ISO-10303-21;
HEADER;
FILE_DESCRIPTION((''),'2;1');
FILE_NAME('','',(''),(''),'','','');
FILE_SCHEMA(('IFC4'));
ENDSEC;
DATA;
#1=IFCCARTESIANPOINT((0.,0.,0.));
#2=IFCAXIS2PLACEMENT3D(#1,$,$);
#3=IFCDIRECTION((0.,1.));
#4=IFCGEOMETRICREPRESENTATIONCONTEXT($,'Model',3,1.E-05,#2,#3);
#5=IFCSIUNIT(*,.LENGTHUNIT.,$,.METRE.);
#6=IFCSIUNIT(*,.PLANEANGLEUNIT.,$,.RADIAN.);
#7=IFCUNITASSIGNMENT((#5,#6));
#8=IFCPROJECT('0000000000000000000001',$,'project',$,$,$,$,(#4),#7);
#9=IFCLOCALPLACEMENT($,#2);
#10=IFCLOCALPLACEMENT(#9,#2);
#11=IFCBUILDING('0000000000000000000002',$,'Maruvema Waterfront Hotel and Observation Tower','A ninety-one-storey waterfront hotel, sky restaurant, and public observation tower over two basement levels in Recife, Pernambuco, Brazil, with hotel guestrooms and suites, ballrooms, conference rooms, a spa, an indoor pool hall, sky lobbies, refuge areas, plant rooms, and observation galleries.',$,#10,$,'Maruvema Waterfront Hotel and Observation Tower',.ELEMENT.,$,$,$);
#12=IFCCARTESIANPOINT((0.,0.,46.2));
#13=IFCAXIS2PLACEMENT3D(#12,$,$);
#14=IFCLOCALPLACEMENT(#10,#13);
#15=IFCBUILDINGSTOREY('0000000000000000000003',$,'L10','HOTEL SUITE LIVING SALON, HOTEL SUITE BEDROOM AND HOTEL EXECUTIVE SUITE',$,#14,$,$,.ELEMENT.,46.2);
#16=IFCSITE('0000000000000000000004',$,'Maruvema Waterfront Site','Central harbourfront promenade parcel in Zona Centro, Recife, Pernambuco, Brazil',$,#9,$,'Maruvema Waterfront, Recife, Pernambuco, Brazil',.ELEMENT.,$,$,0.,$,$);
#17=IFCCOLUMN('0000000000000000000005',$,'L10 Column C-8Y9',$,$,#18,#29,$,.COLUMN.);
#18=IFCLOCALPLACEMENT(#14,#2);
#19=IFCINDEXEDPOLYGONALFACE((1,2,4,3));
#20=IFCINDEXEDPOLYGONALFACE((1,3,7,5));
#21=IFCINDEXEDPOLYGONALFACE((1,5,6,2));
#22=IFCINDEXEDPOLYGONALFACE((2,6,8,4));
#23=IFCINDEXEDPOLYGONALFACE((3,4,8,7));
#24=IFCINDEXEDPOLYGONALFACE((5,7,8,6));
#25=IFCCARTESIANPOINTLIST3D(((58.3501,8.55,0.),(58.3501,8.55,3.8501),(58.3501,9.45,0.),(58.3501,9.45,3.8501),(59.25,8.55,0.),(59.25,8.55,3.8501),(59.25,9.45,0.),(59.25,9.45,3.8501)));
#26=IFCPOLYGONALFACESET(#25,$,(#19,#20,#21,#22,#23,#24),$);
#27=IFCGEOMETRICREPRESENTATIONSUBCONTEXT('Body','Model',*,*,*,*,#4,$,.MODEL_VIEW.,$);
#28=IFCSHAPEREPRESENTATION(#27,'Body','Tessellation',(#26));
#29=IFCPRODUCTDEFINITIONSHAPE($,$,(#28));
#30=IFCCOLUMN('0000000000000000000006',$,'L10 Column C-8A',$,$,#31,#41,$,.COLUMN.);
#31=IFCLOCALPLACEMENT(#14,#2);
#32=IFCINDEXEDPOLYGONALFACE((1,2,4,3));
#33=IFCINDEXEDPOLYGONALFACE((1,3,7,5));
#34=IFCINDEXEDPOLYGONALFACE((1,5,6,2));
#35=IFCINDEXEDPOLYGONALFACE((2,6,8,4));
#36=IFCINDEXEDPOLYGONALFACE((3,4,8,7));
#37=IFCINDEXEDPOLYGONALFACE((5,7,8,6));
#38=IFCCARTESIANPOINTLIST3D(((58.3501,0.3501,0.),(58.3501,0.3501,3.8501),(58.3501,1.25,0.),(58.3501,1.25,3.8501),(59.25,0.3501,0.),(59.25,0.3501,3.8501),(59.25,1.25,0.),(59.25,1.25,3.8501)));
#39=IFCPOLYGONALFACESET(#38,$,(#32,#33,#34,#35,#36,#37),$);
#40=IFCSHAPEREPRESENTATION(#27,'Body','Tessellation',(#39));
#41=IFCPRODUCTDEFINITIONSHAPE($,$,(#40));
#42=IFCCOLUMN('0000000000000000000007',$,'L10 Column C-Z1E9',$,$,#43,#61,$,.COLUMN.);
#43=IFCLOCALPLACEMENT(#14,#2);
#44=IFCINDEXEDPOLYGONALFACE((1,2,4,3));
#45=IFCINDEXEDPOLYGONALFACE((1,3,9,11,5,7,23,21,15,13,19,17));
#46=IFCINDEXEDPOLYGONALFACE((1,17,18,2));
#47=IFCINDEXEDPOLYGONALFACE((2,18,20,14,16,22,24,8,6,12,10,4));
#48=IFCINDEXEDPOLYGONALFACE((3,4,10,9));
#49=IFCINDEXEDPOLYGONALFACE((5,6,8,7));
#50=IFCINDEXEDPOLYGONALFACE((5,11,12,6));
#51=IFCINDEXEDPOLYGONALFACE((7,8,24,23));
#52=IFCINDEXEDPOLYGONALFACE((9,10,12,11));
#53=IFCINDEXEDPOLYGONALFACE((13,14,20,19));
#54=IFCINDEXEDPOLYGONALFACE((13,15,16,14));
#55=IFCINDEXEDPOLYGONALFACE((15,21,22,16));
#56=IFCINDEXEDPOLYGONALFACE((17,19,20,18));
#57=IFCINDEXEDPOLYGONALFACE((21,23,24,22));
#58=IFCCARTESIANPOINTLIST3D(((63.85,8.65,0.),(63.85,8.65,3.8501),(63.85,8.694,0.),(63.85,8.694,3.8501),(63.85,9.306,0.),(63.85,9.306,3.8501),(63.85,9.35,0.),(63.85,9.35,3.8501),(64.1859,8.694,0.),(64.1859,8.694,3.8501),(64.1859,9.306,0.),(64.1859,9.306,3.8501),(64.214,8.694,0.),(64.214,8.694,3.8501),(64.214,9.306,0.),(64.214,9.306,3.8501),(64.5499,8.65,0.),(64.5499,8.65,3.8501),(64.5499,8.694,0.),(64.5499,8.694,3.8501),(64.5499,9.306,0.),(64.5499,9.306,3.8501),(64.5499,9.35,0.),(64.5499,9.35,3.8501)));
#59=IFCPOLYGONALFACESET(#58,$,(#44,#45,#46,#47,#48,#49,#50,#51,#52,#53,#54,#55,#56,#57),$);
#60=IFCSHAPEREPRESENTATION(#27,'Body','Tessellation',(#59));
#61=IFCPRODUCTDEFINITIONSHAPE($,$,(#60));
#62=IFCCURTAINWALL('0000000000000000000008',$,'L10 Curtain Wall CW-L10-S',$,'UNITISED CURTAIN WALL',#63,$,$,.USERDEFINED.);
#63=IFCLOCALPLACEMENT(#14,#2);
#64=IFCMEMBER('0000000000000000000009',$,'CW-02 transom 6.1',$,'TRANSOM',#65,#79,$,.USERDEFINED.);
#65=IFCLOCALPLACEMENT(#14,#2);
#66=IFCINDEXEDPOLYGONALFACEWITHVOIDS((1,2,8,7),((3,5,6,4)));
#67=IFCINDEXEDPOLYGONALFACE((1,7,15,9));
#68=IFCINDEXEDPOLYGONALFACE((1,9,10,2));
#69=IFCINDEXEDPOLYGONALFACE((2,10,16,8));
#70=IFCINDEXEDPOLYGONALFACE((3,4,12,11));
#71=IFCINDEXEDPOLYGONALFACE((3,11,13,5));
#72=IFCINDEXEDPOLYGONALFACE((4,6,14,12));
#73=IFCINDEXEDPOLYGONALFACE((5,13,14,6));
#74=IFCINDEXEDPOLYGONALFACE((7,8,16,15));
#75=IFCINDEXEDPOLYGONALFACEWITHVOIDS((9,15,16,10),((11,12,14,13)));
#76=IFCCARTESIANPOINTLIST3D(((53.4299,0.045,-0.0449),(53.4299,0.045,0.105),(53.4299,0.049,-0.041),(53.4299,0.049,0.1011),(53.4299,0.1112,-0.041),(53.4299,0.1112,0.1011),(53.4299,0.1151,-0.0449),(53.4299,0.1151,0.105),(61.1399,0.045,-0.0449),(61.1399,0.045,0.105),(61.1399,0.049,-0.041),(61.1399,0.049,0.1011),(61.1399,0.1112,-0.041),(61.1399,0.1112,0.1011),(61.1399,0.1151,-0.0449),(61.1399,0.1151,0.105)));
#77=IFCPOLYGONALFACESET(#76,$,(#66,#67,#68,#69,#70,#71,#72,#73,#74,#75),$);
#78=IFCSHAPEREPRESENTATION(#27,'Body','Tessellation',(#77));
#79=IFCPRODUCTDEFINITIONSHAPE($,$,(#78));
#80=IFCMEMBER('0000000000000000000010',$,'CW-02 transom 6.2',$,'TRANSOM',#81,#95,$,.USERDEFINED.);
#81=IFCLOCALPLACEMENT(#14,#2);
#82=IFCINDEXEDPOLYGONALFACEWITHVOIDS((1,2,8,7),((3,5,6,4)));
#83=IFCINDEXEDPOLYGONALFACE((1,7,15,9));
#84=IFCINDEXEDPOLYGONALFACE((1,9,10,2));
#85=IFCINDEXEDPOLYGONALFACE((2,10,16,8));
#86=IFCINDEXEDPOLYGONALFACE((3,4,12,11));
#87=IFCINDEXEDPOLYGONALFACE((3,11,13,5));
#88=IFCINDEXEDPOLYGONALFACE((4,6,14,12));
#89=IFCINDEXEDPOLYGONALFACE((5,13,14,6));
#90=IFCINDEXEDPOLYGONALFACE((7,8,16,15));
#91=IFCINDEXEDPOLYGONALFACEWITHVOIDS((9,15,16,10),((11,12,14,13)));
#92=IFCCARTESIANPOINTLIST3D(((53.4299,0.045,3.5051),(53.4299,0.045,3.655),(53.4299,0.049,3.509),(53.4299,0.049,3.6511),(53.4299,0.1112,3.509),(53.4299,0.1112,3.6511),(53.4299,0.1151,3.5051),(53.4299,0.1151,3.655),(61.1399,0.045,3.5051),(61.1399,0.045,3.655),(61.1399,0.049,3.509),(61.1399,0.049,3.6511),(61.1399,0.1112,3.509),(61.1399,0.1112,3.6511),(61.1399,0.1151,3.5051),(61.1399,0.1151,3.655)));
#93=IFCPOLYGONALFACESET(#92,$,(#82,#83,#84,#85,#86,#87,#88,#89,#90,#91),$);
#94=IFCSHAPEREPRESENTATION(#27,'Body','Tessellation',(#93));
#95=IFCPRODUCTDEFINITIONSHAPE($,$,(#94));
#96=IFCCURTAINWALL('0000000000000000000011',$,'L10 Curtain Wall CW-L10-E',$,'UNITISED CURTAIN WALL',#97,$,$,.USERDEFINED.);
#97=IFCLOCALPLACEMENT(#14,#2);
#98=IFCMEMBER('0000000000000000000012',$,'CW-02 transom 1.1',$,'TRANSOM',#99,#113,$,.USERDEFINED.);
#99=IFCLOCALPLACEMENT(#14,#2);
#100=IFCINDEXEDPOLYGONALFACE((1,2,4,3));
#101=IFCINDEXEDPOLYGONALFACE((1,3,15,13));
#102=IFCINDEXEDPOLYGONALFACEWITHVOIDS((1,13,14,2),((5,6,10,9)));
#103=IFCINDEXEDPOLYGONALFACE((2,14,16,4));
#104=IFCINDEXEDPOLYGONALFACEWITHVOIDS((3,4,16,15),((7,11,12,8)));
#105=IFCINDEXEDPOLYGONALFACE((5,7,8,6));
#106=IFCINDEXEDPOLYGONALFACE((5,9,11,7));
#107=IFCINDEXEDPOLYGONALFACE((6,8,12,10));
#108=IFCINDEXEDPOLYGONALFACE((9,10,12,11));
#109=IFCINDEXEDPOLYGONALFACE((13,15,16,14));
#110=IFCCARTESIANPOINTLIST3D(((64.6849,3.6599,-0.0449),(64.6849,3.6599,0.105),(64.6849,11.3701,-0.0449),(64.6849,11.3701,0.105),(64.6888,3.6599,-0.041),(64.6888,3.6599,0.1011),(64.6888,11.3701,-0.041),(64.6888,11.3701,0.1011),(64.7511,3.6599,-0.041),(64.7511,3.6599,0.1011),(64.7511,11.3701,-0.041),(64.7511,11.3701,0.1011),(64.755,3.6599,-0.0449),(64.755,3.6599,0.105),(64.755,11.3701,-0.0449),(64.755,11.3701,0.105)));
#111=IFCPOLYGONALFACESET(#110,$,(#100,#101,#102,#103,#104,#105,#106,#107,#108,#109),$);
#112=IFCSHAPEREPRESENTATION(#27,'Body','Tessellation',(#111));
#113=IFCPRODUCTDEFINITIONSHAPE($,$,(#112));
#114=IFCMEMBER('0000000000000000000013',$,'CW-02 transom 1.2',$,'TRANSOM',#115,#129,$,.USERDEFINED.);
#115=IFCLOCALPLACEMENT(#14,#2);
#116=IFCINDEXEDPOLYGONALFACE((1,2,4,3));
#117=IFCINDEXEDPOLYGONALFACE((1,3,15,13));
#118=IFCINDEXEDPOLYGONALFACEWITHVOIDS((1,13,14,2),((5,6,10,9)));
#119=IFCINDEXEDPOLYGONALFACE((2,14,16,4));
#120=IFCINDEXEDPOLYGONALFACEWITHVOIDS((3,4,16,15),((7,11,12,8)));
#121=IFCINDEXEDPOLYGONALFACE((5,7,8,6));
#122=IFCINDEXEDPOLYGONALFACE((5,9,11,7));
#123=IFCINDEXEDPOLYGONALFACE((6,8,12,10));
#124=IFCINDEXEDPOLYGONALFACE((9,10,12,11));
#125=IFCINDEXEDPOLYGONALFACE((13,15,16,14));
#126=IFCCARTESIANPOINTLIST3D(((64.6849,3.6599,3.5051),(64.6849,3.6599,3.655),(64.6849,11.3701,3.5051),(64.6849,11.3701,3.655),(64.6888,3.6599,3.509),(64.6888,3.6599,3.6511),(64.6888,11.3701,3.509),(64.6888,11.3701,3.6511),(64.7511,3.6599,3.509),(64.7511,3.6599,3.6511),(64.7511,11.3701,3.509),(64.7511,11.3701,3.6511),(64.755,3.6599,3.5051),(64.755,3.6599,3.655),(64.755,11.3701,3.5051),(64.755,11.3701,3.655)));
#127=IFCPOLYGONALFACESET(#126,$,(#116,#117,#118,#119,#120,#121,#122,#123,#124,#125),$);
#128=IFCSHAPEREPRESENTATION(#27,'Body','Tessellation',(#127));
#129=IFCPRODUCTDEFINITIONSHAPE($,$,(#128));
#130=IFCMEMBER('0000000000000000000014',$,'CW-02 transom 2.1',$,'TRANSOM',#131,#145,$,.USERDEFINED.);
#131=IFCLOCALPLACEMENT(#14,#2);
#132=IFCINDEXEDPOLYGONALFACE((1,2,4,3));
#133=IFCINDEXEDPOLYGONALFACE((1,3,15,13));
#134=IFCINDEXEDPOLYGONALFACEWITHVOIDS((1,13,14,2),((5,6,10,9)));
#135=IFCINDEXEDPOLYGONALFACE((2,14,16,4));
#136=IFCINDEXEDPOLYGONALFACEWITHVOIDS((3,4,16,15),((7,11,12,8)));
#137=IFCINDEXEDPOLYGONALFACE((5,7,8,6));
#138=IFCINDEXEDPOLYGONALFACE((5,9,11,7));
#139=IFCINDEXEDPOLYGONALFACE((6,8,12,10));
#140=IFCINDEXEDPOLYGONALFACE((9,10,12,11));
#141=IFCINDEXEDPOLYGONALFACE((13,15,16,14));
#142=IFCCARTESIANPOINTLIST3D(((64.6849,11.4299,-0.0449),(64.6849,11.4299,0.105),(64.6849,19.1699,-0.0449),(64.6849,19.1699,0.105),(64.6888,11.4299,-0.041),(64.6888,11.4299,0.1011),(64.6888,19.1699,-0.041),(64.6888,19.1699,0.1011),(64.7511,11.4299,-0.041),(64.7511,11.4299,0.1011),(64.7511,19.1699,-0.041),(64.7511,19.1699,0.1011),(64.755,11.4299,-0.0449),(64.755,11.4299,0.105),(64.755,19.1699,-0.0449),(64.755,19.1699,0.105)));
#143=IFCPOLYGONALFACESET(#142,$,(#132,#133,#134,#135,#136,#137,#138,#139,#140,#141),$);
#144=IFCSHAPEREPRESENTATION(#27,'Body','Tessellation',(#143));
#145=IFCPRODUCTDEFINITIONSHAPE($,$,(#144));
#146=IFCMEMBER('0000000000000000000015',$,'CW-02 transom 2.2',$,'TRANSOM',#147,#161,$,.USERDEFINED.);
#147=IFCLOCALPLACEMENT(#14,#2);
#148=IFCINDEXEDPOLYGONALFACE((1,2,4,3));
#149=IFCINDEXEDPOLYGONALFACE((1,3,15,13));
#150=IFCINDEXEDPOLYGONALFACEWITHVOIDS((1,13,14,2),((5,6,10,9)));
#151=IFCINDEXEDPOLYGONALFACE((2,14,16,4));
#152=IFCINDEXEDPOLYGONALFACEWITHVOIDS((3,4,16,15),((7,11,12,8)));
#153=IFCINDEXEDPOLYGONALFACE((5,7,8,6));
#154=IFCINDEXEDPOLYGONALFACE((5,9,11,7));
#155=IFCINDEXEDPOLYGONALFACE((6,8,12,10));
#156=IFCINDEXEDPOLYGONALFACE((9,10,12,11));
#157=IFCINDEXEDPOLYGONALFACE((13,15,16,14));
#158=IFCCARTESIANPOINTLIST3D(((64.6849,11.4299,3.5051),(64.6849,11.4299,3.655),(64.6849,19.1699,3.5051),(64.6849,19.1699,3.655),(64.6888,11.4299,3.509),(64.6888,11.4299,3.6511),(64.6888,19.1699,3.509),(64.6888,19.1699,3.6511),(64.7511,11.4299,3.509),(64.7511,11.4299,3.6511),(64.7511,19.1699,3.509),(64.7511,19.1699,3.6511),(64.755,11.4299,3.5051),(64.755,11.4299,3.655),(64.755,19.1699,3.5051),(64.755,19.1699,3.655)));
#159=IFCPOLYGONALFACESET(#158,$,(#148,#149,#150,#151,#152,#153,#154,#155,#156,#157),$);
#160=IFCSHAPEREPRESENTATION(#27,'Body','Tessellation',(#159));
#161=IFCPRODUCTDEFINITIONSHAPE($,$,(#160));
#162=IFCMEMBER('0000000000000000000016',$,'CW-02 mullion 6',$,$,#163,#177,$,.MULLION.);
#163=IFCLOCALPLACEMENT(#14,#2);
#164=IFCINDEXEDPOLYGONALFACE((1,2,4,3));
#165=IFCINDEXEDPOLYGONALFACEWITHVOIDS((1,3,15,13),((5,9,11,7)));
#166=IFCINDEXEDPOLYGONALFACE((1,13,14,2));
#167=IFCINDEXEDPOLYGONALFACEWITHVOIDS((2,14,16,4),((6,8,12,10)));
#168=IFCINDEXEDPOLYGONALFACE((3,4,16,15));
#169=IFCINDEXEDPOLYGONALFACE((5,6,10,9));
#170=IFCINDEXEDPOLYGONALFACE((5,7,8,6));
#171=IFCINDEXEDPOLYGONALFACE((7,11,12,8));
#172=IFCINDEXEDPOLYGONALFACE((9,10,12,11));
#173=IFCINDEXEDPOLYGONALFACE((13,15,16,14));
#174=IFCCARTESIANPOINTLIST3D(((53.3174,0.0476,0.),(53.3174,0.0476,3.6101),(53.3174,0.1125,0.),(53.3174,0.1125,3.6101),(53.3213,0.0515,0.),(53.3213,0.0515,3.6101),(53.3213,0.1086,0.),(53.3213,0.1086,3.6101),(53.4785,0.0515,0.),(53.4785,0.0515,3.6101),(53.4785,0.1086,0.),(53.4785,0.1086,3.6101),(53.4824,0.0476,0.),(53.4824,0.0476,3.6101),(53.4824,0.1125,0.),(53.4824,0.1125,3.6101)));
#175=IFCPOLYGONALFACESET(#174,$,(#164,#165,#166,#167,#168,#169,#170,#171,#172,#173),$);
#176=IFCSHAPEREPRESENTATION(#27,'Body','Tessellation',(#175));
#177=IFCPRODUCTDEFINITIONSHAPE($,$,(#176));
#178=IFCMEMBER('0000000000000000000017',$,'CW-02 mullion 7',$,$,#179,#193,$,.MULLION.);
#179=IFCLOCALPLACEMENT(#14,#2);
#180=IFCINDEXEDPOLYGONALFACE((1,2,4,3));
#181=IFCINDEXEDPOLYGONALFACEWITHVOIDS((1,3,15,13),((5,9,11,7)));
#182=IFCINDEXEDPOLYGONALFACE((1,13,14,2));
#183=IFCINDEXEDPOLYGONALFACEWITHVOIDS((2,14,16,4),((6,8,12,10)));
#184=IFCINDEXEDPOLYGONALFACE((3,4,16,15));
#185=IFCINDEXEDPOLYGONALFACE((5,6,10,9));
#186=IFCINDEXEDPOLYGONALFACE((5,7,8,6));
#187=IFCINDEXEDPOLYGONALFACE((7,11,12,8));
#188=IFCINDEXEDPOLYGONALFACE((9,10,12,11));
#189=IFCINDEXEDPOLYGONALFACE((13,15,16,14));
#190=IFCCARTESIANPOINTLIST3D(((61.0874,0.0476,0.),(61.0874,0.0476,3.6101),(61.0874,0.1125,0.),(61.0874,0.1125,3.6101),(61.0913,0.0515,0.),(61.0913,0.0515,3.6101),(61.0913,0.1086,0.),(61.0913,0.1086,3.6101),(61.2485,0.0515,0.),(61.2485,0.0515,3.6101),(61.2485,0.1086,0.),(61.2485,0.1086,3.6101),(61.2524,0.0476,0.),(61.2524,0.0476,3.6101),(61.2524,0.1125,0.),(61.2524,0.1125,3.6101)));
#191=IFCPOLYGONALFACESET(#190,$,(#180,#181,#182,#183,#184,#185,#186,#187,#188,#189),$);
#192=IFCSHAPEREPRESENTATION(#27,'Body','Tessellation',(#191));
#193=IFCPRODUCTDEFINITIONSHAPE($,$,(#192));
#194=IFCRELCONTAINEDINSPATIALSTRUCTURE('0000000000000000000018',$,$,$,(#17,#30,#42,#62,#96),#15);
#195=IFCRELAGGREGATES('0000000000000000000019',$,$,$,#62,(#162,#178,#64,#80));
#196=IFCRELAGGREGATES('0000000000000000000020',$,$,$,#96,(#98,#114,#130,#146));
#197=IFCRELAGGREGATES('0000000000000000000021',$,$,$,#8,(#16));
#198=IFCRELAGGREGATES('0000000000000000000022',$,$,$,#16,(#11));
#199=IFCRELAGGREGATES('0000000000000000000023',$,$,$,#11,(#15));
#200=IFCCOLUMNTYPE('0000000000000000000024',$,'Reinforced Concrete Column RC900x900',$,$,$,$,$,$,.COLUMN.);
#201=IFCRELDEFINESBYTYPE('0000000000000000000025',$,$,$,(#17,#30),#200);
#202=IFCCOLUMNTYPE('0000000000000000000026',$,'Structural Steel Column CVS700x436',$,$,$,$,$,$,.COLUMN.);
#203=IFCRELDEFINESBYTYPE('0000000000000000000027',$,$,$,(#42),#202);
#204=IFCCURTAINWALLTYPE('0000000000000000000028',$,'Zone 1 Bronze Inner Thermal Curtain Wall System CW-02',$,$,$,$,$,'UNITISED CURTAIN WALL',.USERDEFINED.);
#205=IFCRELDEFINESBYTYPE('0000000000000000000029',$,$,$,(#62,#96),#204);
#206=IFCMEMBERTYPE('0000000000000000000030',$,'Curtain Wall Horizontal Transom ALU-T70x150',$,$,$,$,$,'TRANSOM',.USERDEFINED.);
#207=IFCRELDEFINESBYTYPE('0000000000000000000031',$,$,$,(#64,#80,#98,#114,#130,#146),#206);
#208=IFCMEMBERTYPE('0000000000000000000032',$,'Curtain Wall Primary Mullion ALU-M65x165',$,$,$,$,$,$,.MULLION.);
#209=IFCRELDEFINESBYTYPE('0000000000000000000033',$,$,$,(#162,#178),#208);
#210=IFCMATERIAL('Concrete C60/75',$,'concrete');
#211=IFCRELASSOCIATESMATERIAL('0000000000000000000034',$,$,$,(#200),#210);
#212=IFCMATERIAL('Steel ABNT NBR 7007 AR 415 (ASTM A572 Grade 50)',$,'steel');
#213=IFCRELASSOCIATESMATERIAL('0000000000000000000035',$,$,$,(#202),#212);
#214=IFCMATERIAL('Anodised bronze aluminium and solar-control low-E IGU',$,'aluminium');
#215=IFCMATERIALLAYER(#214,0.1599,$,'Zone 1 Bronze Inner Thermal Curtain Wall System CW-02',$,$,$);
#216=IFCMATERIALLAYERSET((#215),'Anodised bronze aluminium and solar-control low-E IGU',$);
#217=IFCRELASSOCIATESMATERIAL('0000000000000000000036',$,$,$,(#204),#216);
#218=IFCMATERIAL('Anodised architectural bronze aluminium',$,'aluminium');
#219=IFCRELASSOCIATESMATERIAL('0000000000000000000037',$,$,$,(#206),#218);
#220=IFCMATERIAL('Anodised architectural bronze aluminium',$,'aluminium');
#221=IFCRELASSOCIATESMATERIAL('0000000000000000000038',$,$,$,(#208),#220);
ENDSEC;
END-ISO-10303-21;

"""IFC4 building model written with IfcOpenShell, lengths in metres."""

from ifc_helpers import new_model, si_unit, direction, frame, origin, origin_2d, place, context, subcontext, project, spatial, rectangle, hollow_rectangle, i_section, extrude, material, layer, layer_set, material_profile, profile_set, type_object, element, aggregate, save


model = new_model("IFC4")

# Units and contexts
model_context = context("Model", 3, precision=1e-05, world=origin(), true_north=direction((0.0, 1.0)))
body_context = subcontext(model_context, "Body", "Model", "MODEL_VIEW")
ifc_project = project(units=[si_unit("LENGTHUNIT", "METRE"), si_unit("PLANEANGLEUNIT", "RADIAN")], contexts=[model_context])

# Site, building, storey
site_placement = place(None, origin())
site = spatial("IfcSite", under=ifc_project, at=site_placement, Name="Maruvema Waterfront Site", Description="Central harbourfront promenade parcel in Zona Centro, Recife, Pernambuco, Brazil", LongName="Maruvema Waterfront, Recife, Pernambuco, Brazil", CompositionType="ELEMENT", RefElevation=0.0)
building_placement = place(site_placement, origin())
building = spatial("IfcBuilding", under=site, at=building_placement, Name="Maruvema Waterfront Hotel and Observation Tower", Description="A ninety-one-storey waterfront hotel, sky restaurant, and public observation tower over two basement levels in Recife, Pernambuco, Brazil, with hotel guestrooms and suites, ballrooms, conference rooms, a spa, an indoor pool hall, sky lobbies, refuge areas, plant rooms, and observation galleries.", LongName="Maruvema Waterfront Hotel and Observation Tower", CompositionType="ELEMENT")
storey_placement = place(building_placement, frame((0.0, 0.0, 46.2)))
storey = spatial("IfcBuildingStorey", under=building, at=storey_placement, Name="L10", Description="HOTEL SUITE LIVING SALON, HOTEL SUITE BEDROOM AND HOTEL EXECUTIVE SUITE", CompositionType="ELEMENT", Elevation=46.2)

# Columns
ifc_material_1 = material(Name="Concrete C60/75", Category="concrete")
ifc_material_profile_1 = material_profile(ifc_material_1, rectangle(XDim=0.8999, YDim=0.8999, at=origin_2d()), Name="RC900x900")
ifc_profile_set_1 = profile_set([ifc_material_profile_1], Name="Concrete C60/75")
column_type_1 = type_object("IfcColumnType", Name="Reinforced Concrete Column RC900x900", PredefinedType="COLUMN", material=ifc_profile_set_1)
for number, where, z_axis, x_axis, name in (
    (1, (58.8, 9.0, 0.0), (0.0, 0.0, 1.0), (1.0, 0.0, 0.0), "L10 Column C-8Y9"),
    (2, (58.8, 0.8, 0.0), (0.0, 0.0, 1.0), (1.0, 0.0, 0.0), "L10 Column C-8A"),
):
    element("IfcColumn", number, at=place(storey_placement, frame(where, z_axis=z_axis, x_axis=x_axis)), inside=storey, type_object=column_type_1, Name=name, PredefinedType="COLUMN", context=body_context, shape_type="SweptSolid", body=[
        extrude(rectangle(XDim=0.8999, YDim=0.8999, at=origin_2d()), origin(), (0.0, 0.0, 1.0), 3.8501),
    ])
ifc_material_2 = material(Name="Steel ABNT NBR 7007 AR 415 (ASTM A572 Grade 50)", Category="steel")
ifc_material_profile_2 = material_profile(ifc_material_2, i_section(OverallWidth=0.7, OverallDepth=0.7, WebThickness=0.0281, FlangeThickness=0.0439, at=origin_2d()), Name="CVS700x436")
ifc_profile_set_2 = profile_set([ifc_material_profile_2], Name="Steel ABNT NBR 7007 AR 415 (ASTM A572 Grade 50)")
column_type_2 = type_object("IfcColumnType", Name="Structural Steel Column CVS700x436", PredefinedType="COLUMN", material=ifc_profile_set_2)
column_placement = place(storey_placement, frame((64.2, 9.0, 0.0), z_axis=(0.0, 0.0, 1.0), x_axis=(1.0, 0.0, 0.0)))
element("IfcColumn", 3, at=column_placement, inside=storey, type_object=column_type_2, Name="L10 Column C-Z1E9", PredefinedType="COLUMN", context=body_context, shape_type="SweptSolid", body=[
    extrude(i_section(OverallWidth=0.7, OverallDepth=0.7, WebThickness=0.0281, FlangeThickness=0.0439, at=origin_2d()), origin(), (0.0, 0.0, 1.0), 3.8501),
])

# Curtain walls, members
ifc_material_3 = material(Name="Anodised bronze aluminium and solar-control low-E IGU", Category="aluminium")
ifc_layer_1 = layer(ifc_material_3, 0.1599, Name="Zone 1 Bronze Inner Thermal Curtain Wall System CW-02")
ifc_layer_set_1 = layer_set([ifc_layer_1], Name="Anodised bronze aluminium and solar-control low-E IGU")
curtain_wall_type = type_object("IfcCurtainWallType", Name="Zone 1 Bronze Inner Thermal Curtain Wall System CW-02", ElementType="UNITISED CURTAIN WALL", PredefinedType="USERDEFINED", material=ifc_layer_set_1)
curtain_wall_1_placement = place(storey_placement, origin())
curtain_wall_1 = element("IfcCurtainWall", 4, at=curtain_wall_1_placement, inside=storey, type_object=curtain_wall_type, Name="L10 Curtain Wall CW-L10-S", ObjectType="UNITISED CURTAIN WALL", PredefinedType="USERDEFINED")
ifc_material_4 = material(Name="Anodised architectural bronze aluminium", Category="aluminium")
ifc_material_profile_3 = material_profile(ifc_material_4, hollow_rectangle(XDim=0.0701, YDim=0.1499, WallThickness=0.0039, at=origin_2d()), Name="ALU-T70x150")
ifc_profile_set_3 = profile_set([ifc_material_profile_3], Name="Anodised architectural bronze aluminium")
member_type_1 = type_object("IfcMemberType", Name="Curtain Wall Horizontal Transom ALU-T70x150", ElementType="TRANSOM", PredefinedType="USERDEFINED", material=ifc_profile_set_3)
member_1_placement = place(storey_placement, frame((53.4299, 0.0801, 0.03), z_axis=(1.0, 0.0, 0.0), x_axis=(0.0, 1.0, 0.0)))
member_1 = element("IfcMember", 5, at=member_1_placement, type_object=member_type_1, Name="CW-02 transom 6.1", ObjectType="TRANSOM", PredefinedType="USERDEFINED", context=body_context, shape_type="SweptSolid", body=[
    extrude(hollow_rectangle(XDim=0.0701, YDim=0.1499, WallThickness=0.0039, at=origin_2d()), origin(), (0.0, 0.0, 1.0), 7.71),
])
member_2_placement = place(storey_placement, frame((53.4299, 0.0801, 3.5801), z_axis=(1.0, 0.0, 0.0), x_axis=(0.0, 1.0, 0.0)))
member_2 = element("IfcMember", 6, at=member_2_placement, type_object=member_type_1, Name="CW-02 transom 6.2", ObjectType="TRANSOM", PredefinedType="USERDEFINED", context=body_context, shape_type="SweptSolid", body=[
    extrude(hollow_rectangle(XDim=0.0701, YDim=0.1499, WallThickness=0.0039, at=origin_2d()), origin(), (0.0, 0.0, 1.0), 7.71),
])
curtain_wall_2_placement = place(storey_placement, origin())
curtain_wall_2 = element("IfcCurtainWall", 7, at=curtain_wall_2_placement, inside=storey, type_object=curtain_wall_type, Name="L10 Curtain Wall CW-L10-E", ObjectType="UNITISED CURTAIN WALL", PredefinedType="USERDEFINED")
member_3_placement = place(storey_placement, frame((64.72, 3.6599, 0.03), z_axis=(0.0, 1.0, 0.0), x_axis=(-1.0, 0.0, 0.0)))
member_3 = element("IfcMember", 8, at=member_3_placement, type_object=member_type_1, Name="CW-02 transom 1.1", ObjectType="TRANSOM", PredefinedType="USERDEFINED", context=body_context, shape_type="SweptSolid", body=[
    extrude(hollow_rectangle(XDim=0.0701, YDim=0.1499, WallThickness=0.0039, at=origin_2d()), origin(), (0.0, 0.0, 1.0), 7.7102),
])
member_4_placement = place(storey_placement, frame((64.72, 3.6599, 3.5801), z_axis=(0.0, 1.0, 0.0), x_axis=(-1.0, 0.0, 0.0)))
member_4 = element("IfcMember", 9, at=member_4_placement, type_object=member_type_1, Name="CW-02 transom 1.2", ObjectType="TRANSOM", PredefinedType="USERDEFINED", context=body_context, shape_type="SweptSolid", body=[
    extrude(hollow_rectangle(XDim=0.0701, YDim=0.1499, WallThickness=0.0039, at=origin_2d()), origin(), (0.0, 0.0, 1.0), 7.7102),
])
member_5_placement = place(storey_placement, frame((64.72, 11.4299, 0.03), z_axis=(0.0, 1.0, 0.0), x_axis=(-1.0, 0.0, 0.0)))
member_5 = element("IfcMember", 10, at=member_5_placement, type_object=member_type_1, Name="CW-02 transom 2.1", ObjectType="TRANSOM", PredefinedType="USERDEFINED", context=body_context, shape_type="SweptSolid", body=[
    extrude(hollow_rectangle(XDim=0.0701, YDim=0.1499, WallThickness=0.0039, at=origin_2d()), origin(), (0.0, 0.0, 1.0), 7.74),
])
member_6_placement = place(storey_placement, frame((64.72, 11.4299, 3.5801), z_axis=(0.0, 1.0, 0.0), x_axis=(-1.0, 0.0, 0.0)))
member_6 = element("IfcMember", 11, at=member_6_placement, type_object=member_type_1, Name="CW-02 transom 2.2", ObjectType="TRANSOM", PredefinedType="USERDEFINED", context=body_context, shape_type="SweptSolid", body=[
    extrude(hollow_rectangle(XDim=0.0701, YDim=0.1499, WallThickness=0.0039, at=origin_2d()), origin(), (0.0, 0.0, 1.0), 7.74),
])

# Members
ifc_material_5 = material(Name="Anodised architectural bronze aluminium", Category="aluminium")
ifc_material_profile_4 = material_profile(ifc_material_5, hollow_rectangle(XDim=0.0649, YDim=0.165, WallThickness=0.0039, at=origin_2d()), Name="ALU-M65x165")
ifc_profile_set_4 = profile_set([ifc_material_profile_4], Name="Anodised architectural bronze aluminium")
member_type_2 = type_object("IfcMemberType", Name="Curtain Wall Primary Mullion ALU-M65x165", PredefinedType="MULLION", material=ifc_profile_set_4)
member_7_placement = place(storey_placement, frame((53.3999, 0.0801, 0.0), z_axis=(0.0, 0.0, 1.0), x_axis=(0.0, 1.0, 0.0)))
member_7 = element("IfcMember", 12, at=member_7_placement, type_object=member_type_2, Name="CW-02 mullion 6", PredefinedType="MULLION", context=body_context, shape_type="SweptSolid", body=[
    extrude(hollow_rectangle(XDim=0.0649, YDim=0.165, WallThickness=0.0039, at=origin_2d()), origin(), (0.0, 0.0, 1.0), 3.6101),
])
member_8_placement = place(storey_placement, frame((61.1699, 0.0801, 0.0), z_axis=(0.0, 0.0, 1.0), x_axis=(0.0, 1.0, 0.0)))
member_8 = element("IfcMember", 13, at=member_8_placement, type_object=member_type_2, Name="CW-02 mullion 7", PredefinedType="MULLION", context=body_context, shape_type="SweptSolid", body=[
    extrude(hollow_rectangle(XDim=0.0649, YDim=0.165, WallThickness=0.0039, at=origin_2d()), origin(), (0.0, 0.0, 1.0), 3.6101),
])

aggregate(curtain_wall_1, [member_7, member_8, member_1, member_2])
aggregate(curtain_wall_2, [member_3, member_4, member_5, member_6])

save(model, "model.ifc")
